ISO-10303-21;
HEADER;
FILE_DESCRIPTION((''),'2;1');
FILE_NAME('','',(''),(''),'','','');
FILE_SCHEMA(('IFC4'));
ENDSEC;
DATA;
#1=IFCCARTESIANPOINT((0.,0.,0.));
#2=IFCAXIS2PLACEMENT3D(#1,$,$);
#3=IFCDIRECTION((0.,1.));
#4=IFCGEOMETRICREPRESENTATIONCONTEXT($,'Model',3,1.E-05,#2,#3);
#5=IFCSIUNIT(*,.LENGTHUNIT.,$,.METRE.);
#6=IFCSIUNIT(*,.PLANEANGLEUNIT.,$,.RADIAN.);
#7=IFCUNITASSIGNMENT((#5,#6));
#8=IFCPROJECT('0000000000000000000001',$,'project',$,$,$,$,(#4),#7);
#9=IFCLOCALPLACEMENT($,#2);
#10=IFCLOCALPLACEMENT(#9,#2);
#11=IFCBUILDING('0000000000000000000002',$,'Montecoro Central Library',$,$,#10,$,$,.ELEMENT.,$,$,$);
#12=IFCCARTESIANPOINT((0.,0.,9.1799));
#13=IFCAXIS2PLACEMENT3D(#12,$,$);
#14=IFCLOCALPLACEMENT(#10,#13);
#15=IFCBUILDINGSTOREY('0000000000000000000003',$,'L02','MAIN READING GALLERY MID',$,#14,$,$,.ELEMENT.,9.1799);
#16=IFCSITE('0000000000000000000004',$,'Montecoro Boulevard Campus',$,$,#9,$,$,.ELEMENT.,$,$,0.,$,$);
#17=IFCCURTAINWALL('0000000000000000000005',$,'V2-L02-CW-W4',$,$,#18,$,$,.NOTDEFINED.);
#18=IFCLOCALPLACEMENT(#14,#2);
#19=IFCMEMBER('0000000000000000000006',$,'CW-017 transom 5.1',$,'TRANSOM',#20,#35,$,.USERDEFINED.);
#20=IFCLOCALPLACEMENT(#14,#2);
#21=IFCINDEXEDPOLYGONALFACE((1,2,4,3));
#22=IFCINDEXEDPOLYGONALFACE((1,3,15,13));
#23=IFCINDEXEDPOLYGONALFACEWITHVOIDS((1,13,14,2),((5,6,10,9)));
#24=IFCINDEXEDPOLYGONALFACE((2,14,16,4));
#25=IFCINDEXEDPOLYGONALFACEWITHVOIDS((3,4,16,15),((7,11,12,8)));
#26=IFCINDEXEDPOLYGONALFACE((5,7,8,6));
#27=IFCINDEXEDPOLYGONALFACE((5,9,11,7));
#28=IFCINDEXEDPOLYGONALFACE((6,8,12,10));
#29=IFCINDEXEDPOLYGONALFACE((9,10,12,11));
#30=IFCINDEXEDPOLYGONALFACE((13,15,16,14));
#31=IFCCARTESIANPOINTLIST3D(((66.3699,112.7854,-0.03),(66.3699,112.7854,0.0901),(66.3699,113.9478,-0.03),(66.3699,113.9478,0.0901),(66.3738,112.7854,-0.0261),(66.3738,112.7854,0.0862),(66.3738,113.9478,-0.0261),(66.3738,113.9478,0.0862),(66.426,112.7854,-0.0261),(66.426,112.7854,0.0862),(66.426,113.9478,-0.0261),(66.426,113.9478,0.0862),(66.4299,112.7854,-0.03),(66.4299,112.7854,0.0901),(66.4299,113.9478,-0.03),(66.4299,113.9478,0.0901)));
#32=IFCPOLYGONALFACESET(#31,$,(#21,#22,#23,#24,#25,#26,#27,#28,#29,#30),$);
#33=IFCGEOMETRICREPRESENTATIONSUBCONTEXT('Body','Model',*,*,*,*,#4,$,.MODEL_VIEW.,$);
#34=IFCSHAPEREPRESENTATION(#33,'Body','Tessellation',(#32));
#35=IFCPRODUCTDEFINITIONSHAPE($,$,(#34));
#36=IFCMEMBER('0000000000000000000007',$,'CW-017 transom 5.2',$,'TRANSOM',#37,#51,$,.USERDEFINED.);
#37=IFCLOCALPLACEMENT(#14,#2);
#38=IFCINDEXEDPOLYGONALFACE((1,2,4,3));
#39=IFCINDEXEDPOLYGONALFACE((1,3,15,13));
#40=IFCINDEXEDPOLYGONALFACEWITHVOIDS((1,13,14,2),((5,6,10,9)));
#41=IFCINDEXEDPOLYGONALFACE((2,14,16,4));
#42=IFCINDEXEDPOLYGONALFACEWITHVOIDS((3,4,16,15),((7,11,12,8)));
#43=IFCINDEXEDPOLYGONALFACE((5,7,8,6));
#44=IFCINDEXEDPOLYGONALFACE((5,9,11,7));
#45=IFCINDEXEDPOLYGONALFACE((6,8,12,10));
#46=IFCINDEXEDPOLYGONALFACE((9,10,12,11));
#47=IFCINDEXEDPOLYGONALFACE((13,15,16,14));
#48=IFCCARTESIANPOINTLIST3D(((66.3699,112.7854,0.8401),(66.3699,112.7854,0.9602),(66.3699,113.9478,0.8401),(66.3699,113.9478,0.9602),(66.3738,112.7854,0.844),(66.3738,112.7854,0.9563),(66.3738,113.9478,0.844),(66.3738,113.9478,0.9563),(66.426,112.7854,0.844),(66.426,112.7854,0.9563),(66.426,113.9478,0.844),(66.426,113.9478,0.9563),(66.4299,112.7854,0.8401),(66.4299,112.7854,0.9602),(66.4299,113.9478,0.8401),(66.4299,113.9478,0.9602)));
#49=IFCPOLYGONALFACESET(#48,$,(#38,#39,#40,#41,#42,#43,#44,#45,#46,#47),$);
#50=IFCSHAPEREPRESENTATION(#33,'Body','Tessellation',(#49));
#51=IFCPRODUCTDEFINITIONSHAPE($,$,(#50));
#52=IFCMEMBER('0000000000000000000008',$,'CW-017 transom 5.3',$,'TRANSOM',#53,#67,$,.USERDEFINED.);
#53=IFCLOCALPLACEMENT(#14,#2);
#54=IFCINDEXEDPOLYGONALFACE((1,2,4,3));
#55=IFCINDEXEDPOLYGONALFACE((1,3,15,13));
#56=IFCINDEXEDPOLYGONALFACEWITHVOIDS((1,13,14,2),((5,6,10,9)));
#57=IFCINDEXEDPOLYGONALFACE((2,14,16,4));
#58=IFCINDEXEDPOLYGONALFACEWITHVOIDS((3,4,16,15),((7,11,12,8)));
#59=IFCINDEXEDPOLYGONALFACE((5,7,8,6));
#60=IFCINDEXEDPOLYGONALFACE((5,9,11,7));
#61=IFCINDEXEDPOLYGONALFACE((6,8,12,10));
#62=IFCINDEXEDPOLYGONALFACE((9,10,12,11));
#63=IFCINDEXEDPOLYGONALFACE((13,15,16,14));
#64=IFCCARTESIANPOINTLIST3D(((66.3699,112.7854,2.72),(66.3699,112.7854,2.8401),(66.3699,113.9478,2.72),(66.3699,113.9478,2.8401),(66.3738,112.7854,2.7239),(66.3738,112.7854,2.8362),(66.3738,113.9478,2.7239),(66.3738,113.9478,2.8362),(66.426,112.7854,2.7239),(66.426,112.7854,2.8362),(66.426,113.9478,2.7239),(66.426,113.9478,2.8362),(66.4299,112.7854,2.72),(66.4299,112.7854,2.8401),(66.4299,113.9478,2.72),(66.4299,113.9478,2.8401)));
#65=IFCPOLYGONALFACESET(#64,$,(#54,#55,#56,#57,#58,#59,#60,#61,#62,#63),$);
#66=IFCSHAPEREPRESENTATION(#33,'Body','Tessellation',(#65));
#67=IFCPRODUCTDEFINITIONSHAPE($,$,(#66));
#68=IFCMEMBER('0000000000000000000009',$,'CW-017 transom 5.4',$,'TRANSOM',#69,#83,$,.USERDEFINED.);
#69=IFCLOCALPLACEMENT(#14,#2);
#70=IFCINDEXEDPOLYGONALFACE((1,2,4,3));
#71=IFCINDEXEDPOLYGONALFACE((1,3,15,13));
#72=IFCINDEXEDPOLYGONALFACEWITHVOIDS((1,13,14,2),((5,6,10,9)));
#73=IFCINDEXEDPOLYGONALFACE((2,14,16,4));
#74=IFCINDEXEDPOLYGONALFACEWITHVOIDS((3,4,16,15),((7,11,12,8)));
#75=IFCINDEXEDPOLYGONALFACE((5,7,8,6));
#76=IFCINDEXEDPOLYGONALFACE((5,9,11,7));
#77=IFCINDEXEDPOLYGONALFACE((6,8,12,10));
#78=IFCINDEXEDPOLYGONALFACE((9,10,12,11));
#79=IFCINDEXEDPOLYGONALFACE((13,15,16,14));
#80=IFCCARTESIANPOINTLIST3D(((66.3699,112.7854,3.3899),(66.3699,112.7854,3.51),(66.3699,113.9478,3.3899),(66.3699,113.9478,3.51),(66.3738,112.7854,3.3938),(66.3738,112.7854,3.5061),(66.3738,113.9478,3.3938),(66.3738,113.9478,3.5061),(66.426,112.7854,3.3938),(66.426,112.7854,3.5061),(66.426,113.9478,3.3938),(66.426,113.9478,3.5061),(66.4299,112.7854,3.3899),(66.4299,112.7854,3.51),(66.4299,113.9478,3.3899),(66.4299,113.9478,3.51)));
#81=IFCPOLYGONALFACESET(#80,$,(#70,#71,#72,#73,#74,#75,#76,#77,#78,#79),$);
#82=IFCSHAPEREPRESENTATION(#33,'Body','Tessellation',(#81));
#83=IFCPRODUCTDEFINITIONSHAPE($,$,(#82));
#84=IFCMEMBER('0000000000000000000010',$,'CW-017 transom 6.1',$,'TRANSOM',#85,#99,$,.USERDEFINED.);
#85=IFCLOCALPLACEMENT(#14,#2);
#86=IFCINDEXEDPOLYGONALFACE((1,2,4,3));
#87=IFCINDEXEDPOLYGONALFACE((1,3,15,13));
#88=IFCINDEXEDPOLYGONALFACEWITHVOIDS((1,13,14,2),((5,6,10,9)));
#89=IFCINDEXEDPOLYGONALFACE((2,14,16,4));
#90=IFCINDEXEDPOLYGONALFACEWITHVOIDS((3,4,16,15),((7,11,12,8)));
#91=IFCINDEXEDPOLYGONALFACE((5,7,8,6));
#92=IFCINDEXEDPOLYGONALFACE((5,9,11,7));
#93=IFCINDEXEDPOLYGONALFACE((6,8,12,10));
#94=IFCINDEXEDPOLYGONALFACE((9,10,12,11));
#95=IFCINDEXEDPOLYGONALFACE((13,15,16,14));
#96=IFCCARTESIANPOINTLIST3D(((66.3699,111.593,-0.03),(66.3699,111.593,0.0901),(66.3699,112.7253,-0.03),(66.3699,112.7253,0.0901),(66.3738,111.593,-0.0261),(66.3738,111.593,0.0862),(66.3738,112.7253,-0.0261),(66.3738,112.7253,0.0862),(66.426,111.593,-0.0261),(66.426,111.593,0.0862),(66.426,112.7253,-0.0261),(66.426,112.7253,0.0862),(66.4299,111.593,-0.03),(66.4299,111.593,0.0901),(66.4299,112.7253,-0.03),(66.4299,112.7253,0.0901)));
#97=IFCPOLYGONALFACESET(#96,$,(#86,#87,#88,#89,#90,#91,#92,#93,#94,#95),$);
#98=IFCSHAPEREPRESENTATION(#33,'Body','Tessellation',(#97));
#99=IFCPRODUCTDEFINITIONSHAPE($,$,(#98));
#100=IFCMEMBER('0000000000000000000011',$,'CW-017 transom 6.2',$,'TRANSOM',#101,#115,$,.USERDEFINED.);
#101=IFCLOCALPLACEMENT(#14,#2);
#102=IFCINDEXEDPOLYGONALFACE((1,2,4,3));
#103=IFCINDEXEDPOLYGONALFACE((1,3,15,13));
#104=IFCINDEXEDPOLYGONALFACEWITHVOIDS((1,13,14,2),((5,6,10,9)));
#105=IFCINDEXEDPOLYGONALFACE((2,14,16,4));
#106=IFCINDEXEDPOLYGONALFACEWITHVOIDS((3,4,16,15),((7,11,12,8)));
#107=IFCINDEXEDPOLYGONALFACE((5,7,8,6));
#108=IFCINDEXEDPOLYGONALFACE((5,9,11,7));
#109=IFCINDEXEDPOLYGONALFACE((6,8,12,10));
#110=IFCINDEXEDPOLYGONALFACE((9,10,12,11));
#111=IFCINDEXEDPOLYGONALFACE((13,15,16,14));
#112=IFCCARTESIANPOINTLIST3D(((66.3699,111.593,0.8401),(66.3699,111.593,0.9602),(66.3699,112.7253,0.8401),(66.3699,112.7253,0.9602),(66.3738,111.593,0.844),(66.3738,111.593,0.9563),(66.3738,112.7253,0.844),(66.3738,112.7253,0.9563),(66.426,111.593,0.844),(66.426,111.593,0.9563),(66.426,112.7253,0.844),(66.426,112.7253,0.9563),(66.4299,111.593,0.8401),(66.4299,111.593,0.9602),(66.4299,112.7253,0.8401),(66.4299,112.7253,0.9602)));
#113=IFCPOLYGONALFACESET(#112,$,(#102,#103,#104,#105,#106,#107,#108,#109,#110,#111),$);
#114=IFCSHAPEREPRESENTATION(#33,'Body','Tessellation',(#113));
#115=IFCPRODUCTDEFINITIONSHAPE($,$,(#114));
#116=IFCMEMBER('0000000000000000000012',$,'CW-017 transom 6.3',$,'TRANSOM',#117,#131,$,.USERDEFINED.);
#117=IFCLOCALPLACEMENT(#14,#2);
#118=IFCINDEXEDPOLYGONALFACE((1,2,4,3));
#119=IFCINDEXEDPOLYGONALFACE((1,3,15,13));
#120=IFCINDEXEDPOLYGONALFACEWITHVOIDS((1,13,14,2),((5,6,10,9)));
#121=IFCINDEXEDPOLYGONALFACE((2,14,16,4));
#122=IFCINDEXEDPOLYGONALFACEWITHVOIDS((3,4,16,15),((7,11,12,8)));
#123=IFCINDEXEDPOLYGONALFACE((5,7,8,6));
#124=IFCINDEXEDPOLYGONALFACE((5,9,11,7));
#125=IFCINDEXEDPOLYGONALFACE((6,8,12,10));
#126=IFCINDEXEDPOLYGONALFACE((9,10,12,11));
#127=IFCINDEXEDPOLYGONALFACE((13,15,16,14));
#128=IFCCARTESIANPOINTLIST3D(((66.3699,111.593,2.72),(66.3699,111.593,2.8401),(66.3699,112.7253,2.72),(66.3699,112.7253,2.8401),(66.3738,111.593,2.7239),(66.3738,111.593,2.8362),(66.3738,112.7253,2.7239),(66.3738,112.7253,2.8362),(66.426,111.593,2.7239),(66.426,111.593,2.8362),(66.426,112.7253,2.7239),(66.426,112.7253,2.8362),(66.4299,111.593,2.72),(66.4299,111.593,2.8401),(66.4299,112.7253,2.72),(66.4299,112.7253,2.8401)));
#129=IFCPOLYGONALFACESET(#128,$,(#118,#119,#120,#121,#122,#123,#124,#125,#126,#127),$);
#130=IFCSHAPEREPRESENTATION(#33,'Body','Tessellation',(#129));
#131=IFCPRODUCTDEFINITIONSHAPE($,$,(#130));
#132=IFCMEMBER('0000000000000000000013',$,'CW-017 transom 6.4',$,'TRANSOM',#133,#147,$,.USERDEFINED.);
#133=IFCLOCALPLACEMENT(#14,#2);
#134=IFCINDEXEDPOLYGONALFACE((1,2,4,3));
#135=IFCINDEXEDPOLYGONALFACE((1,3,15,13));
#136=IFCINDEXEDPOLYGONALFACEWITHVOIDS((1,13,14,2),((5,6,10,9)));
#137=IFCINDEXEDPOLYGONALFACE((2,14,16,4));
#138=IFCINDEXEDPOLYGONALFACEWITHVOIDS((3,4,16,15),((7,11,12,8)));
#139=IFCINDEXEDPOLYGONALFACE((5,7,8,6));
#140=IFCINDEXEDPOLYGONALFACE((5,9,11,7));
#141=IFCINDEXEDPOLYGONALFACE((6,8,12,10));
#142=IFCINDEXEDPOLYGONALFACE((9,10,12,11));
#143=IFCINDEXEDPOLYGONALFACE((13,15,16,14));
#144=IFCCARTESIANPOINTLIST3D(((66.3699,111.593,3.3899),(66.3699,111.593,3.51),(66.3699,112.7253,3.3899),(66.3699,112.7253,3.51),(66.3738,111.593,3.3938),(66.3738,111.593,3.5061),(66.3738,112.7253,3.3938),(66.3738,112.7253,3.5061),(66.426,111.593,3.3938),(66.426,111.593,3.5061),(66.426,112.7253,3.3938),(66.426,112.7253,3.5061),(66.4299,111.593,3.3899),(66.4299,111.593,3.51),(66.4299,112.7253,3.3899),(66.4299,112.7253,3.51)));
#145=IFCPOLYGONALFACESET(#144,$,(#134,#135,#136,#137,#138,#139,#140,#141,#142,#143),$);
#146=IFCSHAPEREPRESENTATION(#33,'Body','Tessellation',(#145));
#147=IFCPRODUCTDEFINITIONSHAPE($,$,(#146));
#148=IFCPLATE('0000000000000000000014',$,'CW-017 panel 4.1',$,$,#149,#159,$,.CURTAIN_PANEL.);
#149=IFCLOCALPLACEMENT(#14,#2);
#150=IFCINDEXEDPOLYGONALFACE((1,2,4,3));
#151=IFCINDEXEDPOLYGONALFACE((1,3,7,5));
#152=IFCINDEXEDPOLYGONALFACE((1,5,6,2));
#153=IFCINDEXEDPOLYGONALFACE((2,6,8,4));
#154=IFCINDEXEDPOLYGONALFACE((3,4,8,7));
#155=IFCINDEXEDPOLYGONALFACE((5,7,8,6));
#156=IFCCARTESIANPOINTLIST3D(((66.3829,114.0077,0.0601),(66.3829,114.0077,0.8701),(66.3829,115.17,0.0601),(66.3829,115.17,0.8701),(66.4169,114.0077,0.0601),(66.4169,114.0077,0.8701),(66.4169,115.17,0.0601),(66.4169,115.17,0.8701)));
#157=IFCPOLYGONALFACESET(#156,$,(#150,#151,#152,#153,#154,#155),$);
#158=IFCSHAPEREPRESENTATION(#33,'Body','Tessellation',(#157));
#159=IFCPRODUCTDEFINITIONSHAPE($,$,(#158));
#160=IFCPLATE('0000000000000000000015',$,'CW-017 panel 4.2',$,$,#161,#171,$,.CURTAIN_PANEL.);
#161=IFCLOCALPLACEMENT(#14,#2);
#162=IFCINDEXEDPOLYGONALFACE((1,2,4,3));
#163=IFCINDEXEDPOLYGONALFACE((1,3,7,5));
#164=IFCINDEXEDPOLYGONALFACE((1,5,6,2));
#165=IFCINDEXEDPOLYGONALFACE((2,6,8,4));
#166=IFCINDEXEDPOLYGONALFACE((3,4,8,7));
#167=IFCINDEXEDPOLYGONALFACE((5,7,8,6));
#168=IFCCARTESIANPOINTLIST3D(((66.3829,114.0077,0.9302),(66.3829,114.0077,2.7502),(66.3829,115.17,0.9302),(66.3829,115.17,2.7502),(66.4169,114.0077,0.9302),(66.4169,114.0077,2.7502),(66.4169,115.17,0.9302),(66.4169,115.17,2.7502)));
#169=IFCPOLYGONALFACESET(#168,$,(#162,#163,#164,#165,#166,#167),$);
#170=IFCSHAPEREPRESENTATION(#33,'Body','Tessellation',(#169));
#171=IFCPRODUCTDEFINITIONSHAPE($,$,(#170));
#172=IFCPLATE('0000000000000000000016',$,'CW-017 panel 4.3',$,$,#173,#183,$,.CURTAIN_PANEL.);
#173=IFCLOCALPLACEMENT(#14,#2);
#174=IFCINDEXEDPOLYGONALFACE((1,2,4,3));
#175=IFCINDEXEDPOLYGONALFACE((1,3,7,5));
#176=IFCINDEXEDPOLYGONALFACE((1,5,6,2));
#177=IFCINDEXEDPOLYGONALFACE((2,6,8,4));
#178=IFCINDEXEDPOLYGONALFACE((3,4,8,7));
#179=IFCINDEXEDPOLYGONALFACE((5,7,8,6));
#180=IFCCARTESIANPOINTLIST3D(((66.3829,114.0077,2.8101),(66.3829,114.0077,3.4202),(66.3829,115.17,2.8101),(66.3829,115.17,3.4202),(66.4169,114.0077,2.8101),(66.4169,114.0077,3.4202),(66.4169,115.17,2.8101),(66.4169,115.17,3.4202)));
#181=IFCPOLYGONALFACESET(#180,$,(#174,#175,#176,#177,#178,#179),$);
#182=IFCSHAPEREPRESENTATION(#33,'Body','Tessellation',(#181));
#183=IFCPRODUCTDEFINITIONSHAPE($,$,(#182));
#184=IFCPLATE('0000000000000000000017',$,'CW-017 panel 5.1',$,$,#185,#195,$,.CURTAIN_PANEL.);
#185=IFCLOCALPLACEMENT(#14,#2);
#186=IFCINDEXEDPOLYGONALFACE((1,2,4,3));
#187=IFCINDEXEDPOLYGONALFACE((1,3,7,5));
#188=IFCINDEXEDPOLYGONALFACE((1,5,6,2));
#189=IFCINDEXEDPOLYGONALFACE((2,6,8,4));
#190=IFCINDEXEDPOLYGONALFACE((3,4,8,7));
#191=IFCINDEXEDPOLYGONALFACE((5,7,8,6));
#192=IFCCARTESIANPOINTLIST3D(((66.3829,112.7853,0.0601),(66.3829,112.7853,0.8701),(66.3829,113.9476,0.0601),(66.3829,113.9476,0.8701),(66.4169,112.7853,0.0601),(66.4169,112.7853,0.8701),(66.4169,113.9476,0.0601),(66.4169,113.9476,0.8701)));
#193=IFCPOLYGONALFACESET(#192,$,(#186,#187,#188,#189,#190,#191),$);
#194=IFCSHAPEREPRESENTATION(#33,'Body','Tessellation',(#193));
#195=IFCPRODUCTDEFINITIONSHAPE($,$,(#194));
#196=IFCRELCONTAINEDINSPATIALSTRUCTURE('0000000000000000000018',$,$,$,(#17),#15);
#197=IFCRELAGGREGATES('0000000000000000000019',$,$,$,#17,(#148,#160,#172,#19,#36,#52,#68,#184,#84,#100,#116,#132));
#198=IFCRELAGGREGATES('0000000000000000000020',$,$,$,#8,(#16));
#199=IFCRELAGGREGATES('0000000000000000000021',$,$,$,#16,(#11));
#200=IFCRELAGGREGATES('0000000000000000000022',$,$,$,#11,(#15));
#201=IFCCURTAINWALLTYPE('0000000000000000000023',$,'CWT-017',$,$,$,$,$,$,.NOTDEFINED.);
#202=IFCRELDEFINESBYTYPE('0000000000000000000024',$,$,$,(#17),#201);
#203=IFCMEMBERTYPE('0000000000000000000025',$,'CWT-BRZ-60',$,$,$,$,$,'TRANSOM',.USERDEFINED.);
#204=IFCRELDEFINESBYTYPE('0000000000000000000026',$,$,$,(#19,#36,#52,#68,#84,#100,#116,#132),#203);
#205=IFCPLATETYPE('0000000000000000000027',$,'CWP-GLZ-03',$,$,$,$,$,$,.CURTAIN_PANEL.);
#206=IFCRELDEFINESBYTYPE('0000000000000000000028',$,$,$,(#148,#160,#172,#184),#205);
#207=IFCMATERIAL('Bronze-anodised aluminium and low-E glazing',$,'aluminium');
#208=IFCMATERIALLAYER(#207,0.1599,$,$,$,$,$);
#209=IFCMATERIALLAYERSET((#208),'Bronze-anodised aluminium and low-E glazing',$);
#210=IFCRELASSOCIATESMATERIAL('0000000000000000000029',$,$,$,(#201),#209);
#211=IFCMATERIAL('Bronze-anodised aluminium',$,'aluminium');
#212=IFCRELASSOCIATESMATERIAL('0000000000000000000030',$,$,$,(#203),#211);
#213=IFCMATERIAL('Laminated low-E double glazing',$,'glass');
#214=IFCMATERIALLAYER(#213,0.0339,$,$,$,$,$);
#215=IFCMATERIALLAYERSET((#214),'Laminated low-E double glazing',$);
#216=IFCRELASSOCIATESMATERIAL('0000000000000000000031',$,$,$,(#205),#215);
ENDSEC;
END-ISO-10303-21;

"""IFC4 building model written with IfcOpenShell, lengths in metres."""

from ifc_helpers import new_model, si_unit, direction, frame, origin, origin_2d, place, context, subcontext, project, spatial, rectangle, hollow_rectangle, extrude, material, layer, layer_set, material_profile, profile_set, type_object, element, aggregate, save


model = new_model("IFC4")

# Units and contexts
model_context = context("Model", 3, precision=1e-05, world=origin(), true_north=direction((0.0, 1.0)))
body_context = subcontext(model_context, "Body", "Model", "MODEL_VIEW")
ifc_project = project(units=[si_unit("LENGTHUNIT", "METRE"), si_unit("PLANEANGLEUNIT", "RADIAN")], contexts=[model_context])

# Site, building, storey
site_placement = place(None, origin())
site = spatial("IfcSite", under=ifc_project, at=site_placement, Name="Montecoro Boulevard Campus", CompositionType="ELEMENT", RefElevation=0.0)
building_placement = place(site_placement, origin())
building = spatial("IfcBuilding", under=site, at=building_placement, Name="Montecoro Central Library", CompositionType="ELEMENT")
storey_placement = place(building_placement, frame((0.0, 0.0, 9.1799)))
storey = spatial("IfcBuildingStorey", under=building, at=storey_placement, Name="L02", Description="MAIN READING GALLERY MID", CompositionType="ELEMENT", Elevation=9.1799)

# Curtain wall, members, plates
ifc_material_1 = material(Name="Bronze-anodised aluminium and low-E glazing", Category="aluminium")
ifc_layer_1 = layer(ifc_material_1, 0.1599)
ifc_layer_set_1 = layer_set([ifc_layer_1], Name="Bronze-anodised aluminium and low-E glazing")
curtain_wall_type = type_object("IfcCurtainWallType", Name="CWT-017", PredefinedType="NOTDEFINED", material=ifc_layer_set_1)
curtain_wall_placement = place(storey_placement, origin())
curtain_wall = element("IfcCurtainWall", 1, at=curtain_wall_placement, inside=storey, type_object=curtain_wall_type, Name="V2-L02-CW-W4", PredefinedType="NOTDEFINED")
ifc_material_2 = material(Name="Bronze-anodised aluminium", Category="aluminium")
ifc_material_profile_1 = material_profile(ifc_material_2, hollow_rectangle(XDim=0.0601, YDim=0.1201, WallThickness=0.0039, at=origin_2d()), Name="CWT 120x60x4.0")
ifc_profile_set_1 = profile_set([ifc_material_profile_1], Name="Bronze-anodised aluminium")
member_type_1 = type_object("IfcMemberType", Name="CWT-BRZ-60", ElementType="TRANSOM", PredefinedType="USERDEFINED", material=ifc_profile_set_1)
member_1_placement = place(storey_placement, frame((66.3999, 113.9478, 0.03), z_axis=(0.0, -1.0, 0.0), x_axis=(1.0, 0.0, 0.0)))
member_1 = element("IfcMember", 2, at=member_1_placement, type_object=member_type_1, Name="CW-017 transom 5.1", ObjectType="TRANSOM", PredefinedType="USERDEFINED", context=body_context, shape_type="SweptSolid", body=[
    extrude(hollow_rectangle(XDim=0.0601, YDim=0.1201, WallThickness=0.0039, at=origin_2d()), origin(), (0.0, 0.0, 1.0), 1.1624),
])
member_2_placement = place(storey_placement, frame((66.3999, 113.9478, 0.9001), z_axis=(0.0, -1.0, 0.0), x_axis=(1.0, 0.0, 0.0)))
member_2 = element("IfcMember", 3, at=member_2_placement, type_object=member_type_1, Name="CW-017 transom 5.2", ObjectType="TRANSOM", PredefinedType="USERDEFINED", context=body_context, shape_type="SweptSolid", body=[
    extrude(hollow_rectangle(XDim=0.0601, YDim=0.1201, WallThickness=0.0039, at=origin_2d()), origin(), (0.0, 0.0, 1.0), 1.1624),
])
member_3_placement = place(storey_placement, frame((66.3999, 113.9478, 2.78), z_axis=(0.0, -1.0, 0.0), x_axis=(1.0, 0.0, 0.0)))
member_3 = element("IfcMember", 4, at=member_3_placement, type_object=member_type_1, Name="CW-017 transom 5.3", ObjectType="TRANSOM", PredefinedType="USERDEFINED", context=body_context, shape_type="SweptSolid", body=[
    extrude(hollow_rectangle(XDim=0.0601, YDim=0.1201, WallThickness=0.0039, at=origin_2d()), origin(), (0.0, 0.0, 1.0), 1.1624),
])
member_4_placement = place(storey_placement, frame((66.3999, 113.9478, 3.45), z_axis=(0.0, -1.0, 0.0), x_axis=(1.0, 0.0, 0.0)))
member_4 = element("IfcMember", 5, at=member_4_placement, type_object=member_type_1, Name="CW-017 transom 5.4", ObjectType="TRANSOM", PredefinedType="USERDEFINED", context=body_context, shape_type="SweptSolid", body=[
    extrude(hollow_rectangle(XDim=0.0601, YDim=0.1201, WallThickness=0.0039, at=origin_2d()), origin(), (0.0, 0.0, 1.0), 1.1624),
])
member_5_placement = place(storey_placement, frame((66.3999, 112.7253, 0.03), z_axis=(0.0, -1.0, 0.0), x_axis=(1.0, 0.0, 0.0)))
member_5 = element("IfcMember", 6, at=member_5_placement, type_object=member_type_1, Name="CW-017 transom 6.1", ObjectType="TRANSOM", PredefinedType="USERDEFINED", context=body_context, shape_type="SweptSolid", body=[
    extrude(hollow_rectangle(XDim=0.0601, YDim=0.1201, WallThickness=0.0039, at=origin_2d()), origin(), (0.0, 0.0, 1.0), 1.1323),
])
member_6_placement = place(storey_placement, frame((66.3999, 112.7253, 0.9001), z_axis=(0.0, -1.0, 0.0), x_axis=(1.0, 0.0, 0.0)))
member_6 = element("IfcMember", 7, at=member_6_placement, type_object=member_type_1, Name="CW-017 transom 6.2", ObjectType="TRANSOM", PredefinedType="USERDEFINED", context=body_context, shape_type="SweptSolid", body=[
    extrude(hollow_rectangle(XDim=0.0601, YDim=0.1201, WallThickness=0.0039, at=origin_2d()), origin(), (0.0, 0.0, 1.0), 1.1323),
])
member_7_placement = place(storey_placement, frame((66.3999, 112.7253, 2.78), z_axis=(0.0, -1.0, 0.0), x_axis=(1.0, 0.0, 0.0)))
member_7 = element("IfcMember", 8, at=member_7_placement, type_object=member_type_1, Name="CW-017 transom 6.3", ObjectType="TRANSOM", PredefinedType="USERDEFINED", context=body_context, shape_type="SweptSolid", body=[
    extrude(hollow_rectangle(XDim=0.0601, YDim=0.1201, WallThickness=0.0039, at=origin_2d()), origin(), (0.0, 0.0, 1.0), 1.1323),
])
member_8_placement = place(storey_placement, frame((66.3999, 112.7253, 3.45), z_axis=(0.0, -1.0, 0.0), x_axis=(1.0, 0.0, 0.0)))
member_8 = element("IfcMember", 9, at=member_8_placement, type_object=member_type_1, Name="CW-017 transom 6.4", ObjectType="TRANSOM", PredefinedType="USERDEFINED", context=body_context, shape_type="SweptSolid", body=[
    extrude(hollow_rectangle(XDim=0.0601, YDim=0.1201, WallThickness=0.0039, at=origin_2d()), origin(), (0.0, 0.0, 1.0), 1.1323),
])
ifc_material_3 = material(Name="Laminated low-E double glazing", Category="glass")
ifc_layer_2 = layer(ifc_material_3, 0.0339)
ifc_layer_set_2 = layer_set([ifc_layer_2], Name="Laminated low-E double glazing")
plate_type = type_object("IfcPlateType", Name="CWP-GLZ-03", PredefinedType="CURTAIN_PANEL", material=ifc_layer_set_2)
plate_1_placement = place(storey_placement, frame((66.3999, 114.5889, 0.0601), z_axis=(0.0, 0.0, 1.0), x_axis=(0.0, -1.0, 0.0)))
plate_1 = element("IfcPlate", 10, at=plate_1_placement, type_object=plate_type, Name="CW-017 panel 4.1", PredefinedType="CURTAIN_PANEL", context=body_context, shape_type="SweptSolid", body=[
    extrude(rectangle(XDim=1.1624, YDim=0.0339, at=origin_2d()), origin(), (0.0, 0.0, 1.0), 0.8101),
])
plate_2_placement = place(storey_placement, frame((66.3999, 114.5889, 0.9302), z_axis=(0.0, 0.0, 1.0), x_axis=(0.0, -1.0, 0.0)))
plate_2 = element("IfcPlate", 11, at=plate_2_placement, type_object=plate_type, Name="CW-017 panel 4.2", PredefinedType="CURTAIN_PANEL", context=body_context, shape_type="SweptSolid", body=[
    extrude(rectangle(XDim=1.1624, YDim=0.0339, at=origin_2d()), origin(), (0.0, 0.0, 1.0), 1.8201),
])
plate_3_placement = place(storey_placement, frame((66.3999, 114.5889, 2.8101), z_axis=(0.0, 0.0, 1.0), x_axis=(0.0, -1.0, 0.0)))
plate_3 = element("IfcPlate", 12, at=plate_3_placement, type_object=plate_type, Name="CW-017 panel 4.3", PredefinedType="CURTAIN_PANEL", context=body_context, shape_type="SweptSolid", body=[
    extrude(rectangle(XDim=1.1624, YDim=0.0339, at=origin_2d()), origin(), (0.0, 0.0, 1.0), 0.6101),
])
plate_4_placement = place(storey_placement, frame((66.3999, 113.3665, 0.0601), z_axis=(0.0, 0.0, 1.0), x_axis=(0.0, -1.0, 0.0)))
plate_4 = element("IfcPlate", 13, at=plate_4_placement, type_object=plate_type, Name="CW-017 panel 5.1", PredefinedType="CURTAIN_PANEL", context=body_context, shape_type="SweptSolid", body=[
    extrude(rectangle(XDim=1.1624, YDim=0.0339, at=origin_2d()), origin(), (0.0, 0.0, 1.0), 0.8101),
])
aggregate(curtain_wall, [plate_1, plate_2, plate_3, member_1, member_2, member_3, member_4, plate_4, member_5, member_6, member_7, member_8])

save(model, "model.ifc")
